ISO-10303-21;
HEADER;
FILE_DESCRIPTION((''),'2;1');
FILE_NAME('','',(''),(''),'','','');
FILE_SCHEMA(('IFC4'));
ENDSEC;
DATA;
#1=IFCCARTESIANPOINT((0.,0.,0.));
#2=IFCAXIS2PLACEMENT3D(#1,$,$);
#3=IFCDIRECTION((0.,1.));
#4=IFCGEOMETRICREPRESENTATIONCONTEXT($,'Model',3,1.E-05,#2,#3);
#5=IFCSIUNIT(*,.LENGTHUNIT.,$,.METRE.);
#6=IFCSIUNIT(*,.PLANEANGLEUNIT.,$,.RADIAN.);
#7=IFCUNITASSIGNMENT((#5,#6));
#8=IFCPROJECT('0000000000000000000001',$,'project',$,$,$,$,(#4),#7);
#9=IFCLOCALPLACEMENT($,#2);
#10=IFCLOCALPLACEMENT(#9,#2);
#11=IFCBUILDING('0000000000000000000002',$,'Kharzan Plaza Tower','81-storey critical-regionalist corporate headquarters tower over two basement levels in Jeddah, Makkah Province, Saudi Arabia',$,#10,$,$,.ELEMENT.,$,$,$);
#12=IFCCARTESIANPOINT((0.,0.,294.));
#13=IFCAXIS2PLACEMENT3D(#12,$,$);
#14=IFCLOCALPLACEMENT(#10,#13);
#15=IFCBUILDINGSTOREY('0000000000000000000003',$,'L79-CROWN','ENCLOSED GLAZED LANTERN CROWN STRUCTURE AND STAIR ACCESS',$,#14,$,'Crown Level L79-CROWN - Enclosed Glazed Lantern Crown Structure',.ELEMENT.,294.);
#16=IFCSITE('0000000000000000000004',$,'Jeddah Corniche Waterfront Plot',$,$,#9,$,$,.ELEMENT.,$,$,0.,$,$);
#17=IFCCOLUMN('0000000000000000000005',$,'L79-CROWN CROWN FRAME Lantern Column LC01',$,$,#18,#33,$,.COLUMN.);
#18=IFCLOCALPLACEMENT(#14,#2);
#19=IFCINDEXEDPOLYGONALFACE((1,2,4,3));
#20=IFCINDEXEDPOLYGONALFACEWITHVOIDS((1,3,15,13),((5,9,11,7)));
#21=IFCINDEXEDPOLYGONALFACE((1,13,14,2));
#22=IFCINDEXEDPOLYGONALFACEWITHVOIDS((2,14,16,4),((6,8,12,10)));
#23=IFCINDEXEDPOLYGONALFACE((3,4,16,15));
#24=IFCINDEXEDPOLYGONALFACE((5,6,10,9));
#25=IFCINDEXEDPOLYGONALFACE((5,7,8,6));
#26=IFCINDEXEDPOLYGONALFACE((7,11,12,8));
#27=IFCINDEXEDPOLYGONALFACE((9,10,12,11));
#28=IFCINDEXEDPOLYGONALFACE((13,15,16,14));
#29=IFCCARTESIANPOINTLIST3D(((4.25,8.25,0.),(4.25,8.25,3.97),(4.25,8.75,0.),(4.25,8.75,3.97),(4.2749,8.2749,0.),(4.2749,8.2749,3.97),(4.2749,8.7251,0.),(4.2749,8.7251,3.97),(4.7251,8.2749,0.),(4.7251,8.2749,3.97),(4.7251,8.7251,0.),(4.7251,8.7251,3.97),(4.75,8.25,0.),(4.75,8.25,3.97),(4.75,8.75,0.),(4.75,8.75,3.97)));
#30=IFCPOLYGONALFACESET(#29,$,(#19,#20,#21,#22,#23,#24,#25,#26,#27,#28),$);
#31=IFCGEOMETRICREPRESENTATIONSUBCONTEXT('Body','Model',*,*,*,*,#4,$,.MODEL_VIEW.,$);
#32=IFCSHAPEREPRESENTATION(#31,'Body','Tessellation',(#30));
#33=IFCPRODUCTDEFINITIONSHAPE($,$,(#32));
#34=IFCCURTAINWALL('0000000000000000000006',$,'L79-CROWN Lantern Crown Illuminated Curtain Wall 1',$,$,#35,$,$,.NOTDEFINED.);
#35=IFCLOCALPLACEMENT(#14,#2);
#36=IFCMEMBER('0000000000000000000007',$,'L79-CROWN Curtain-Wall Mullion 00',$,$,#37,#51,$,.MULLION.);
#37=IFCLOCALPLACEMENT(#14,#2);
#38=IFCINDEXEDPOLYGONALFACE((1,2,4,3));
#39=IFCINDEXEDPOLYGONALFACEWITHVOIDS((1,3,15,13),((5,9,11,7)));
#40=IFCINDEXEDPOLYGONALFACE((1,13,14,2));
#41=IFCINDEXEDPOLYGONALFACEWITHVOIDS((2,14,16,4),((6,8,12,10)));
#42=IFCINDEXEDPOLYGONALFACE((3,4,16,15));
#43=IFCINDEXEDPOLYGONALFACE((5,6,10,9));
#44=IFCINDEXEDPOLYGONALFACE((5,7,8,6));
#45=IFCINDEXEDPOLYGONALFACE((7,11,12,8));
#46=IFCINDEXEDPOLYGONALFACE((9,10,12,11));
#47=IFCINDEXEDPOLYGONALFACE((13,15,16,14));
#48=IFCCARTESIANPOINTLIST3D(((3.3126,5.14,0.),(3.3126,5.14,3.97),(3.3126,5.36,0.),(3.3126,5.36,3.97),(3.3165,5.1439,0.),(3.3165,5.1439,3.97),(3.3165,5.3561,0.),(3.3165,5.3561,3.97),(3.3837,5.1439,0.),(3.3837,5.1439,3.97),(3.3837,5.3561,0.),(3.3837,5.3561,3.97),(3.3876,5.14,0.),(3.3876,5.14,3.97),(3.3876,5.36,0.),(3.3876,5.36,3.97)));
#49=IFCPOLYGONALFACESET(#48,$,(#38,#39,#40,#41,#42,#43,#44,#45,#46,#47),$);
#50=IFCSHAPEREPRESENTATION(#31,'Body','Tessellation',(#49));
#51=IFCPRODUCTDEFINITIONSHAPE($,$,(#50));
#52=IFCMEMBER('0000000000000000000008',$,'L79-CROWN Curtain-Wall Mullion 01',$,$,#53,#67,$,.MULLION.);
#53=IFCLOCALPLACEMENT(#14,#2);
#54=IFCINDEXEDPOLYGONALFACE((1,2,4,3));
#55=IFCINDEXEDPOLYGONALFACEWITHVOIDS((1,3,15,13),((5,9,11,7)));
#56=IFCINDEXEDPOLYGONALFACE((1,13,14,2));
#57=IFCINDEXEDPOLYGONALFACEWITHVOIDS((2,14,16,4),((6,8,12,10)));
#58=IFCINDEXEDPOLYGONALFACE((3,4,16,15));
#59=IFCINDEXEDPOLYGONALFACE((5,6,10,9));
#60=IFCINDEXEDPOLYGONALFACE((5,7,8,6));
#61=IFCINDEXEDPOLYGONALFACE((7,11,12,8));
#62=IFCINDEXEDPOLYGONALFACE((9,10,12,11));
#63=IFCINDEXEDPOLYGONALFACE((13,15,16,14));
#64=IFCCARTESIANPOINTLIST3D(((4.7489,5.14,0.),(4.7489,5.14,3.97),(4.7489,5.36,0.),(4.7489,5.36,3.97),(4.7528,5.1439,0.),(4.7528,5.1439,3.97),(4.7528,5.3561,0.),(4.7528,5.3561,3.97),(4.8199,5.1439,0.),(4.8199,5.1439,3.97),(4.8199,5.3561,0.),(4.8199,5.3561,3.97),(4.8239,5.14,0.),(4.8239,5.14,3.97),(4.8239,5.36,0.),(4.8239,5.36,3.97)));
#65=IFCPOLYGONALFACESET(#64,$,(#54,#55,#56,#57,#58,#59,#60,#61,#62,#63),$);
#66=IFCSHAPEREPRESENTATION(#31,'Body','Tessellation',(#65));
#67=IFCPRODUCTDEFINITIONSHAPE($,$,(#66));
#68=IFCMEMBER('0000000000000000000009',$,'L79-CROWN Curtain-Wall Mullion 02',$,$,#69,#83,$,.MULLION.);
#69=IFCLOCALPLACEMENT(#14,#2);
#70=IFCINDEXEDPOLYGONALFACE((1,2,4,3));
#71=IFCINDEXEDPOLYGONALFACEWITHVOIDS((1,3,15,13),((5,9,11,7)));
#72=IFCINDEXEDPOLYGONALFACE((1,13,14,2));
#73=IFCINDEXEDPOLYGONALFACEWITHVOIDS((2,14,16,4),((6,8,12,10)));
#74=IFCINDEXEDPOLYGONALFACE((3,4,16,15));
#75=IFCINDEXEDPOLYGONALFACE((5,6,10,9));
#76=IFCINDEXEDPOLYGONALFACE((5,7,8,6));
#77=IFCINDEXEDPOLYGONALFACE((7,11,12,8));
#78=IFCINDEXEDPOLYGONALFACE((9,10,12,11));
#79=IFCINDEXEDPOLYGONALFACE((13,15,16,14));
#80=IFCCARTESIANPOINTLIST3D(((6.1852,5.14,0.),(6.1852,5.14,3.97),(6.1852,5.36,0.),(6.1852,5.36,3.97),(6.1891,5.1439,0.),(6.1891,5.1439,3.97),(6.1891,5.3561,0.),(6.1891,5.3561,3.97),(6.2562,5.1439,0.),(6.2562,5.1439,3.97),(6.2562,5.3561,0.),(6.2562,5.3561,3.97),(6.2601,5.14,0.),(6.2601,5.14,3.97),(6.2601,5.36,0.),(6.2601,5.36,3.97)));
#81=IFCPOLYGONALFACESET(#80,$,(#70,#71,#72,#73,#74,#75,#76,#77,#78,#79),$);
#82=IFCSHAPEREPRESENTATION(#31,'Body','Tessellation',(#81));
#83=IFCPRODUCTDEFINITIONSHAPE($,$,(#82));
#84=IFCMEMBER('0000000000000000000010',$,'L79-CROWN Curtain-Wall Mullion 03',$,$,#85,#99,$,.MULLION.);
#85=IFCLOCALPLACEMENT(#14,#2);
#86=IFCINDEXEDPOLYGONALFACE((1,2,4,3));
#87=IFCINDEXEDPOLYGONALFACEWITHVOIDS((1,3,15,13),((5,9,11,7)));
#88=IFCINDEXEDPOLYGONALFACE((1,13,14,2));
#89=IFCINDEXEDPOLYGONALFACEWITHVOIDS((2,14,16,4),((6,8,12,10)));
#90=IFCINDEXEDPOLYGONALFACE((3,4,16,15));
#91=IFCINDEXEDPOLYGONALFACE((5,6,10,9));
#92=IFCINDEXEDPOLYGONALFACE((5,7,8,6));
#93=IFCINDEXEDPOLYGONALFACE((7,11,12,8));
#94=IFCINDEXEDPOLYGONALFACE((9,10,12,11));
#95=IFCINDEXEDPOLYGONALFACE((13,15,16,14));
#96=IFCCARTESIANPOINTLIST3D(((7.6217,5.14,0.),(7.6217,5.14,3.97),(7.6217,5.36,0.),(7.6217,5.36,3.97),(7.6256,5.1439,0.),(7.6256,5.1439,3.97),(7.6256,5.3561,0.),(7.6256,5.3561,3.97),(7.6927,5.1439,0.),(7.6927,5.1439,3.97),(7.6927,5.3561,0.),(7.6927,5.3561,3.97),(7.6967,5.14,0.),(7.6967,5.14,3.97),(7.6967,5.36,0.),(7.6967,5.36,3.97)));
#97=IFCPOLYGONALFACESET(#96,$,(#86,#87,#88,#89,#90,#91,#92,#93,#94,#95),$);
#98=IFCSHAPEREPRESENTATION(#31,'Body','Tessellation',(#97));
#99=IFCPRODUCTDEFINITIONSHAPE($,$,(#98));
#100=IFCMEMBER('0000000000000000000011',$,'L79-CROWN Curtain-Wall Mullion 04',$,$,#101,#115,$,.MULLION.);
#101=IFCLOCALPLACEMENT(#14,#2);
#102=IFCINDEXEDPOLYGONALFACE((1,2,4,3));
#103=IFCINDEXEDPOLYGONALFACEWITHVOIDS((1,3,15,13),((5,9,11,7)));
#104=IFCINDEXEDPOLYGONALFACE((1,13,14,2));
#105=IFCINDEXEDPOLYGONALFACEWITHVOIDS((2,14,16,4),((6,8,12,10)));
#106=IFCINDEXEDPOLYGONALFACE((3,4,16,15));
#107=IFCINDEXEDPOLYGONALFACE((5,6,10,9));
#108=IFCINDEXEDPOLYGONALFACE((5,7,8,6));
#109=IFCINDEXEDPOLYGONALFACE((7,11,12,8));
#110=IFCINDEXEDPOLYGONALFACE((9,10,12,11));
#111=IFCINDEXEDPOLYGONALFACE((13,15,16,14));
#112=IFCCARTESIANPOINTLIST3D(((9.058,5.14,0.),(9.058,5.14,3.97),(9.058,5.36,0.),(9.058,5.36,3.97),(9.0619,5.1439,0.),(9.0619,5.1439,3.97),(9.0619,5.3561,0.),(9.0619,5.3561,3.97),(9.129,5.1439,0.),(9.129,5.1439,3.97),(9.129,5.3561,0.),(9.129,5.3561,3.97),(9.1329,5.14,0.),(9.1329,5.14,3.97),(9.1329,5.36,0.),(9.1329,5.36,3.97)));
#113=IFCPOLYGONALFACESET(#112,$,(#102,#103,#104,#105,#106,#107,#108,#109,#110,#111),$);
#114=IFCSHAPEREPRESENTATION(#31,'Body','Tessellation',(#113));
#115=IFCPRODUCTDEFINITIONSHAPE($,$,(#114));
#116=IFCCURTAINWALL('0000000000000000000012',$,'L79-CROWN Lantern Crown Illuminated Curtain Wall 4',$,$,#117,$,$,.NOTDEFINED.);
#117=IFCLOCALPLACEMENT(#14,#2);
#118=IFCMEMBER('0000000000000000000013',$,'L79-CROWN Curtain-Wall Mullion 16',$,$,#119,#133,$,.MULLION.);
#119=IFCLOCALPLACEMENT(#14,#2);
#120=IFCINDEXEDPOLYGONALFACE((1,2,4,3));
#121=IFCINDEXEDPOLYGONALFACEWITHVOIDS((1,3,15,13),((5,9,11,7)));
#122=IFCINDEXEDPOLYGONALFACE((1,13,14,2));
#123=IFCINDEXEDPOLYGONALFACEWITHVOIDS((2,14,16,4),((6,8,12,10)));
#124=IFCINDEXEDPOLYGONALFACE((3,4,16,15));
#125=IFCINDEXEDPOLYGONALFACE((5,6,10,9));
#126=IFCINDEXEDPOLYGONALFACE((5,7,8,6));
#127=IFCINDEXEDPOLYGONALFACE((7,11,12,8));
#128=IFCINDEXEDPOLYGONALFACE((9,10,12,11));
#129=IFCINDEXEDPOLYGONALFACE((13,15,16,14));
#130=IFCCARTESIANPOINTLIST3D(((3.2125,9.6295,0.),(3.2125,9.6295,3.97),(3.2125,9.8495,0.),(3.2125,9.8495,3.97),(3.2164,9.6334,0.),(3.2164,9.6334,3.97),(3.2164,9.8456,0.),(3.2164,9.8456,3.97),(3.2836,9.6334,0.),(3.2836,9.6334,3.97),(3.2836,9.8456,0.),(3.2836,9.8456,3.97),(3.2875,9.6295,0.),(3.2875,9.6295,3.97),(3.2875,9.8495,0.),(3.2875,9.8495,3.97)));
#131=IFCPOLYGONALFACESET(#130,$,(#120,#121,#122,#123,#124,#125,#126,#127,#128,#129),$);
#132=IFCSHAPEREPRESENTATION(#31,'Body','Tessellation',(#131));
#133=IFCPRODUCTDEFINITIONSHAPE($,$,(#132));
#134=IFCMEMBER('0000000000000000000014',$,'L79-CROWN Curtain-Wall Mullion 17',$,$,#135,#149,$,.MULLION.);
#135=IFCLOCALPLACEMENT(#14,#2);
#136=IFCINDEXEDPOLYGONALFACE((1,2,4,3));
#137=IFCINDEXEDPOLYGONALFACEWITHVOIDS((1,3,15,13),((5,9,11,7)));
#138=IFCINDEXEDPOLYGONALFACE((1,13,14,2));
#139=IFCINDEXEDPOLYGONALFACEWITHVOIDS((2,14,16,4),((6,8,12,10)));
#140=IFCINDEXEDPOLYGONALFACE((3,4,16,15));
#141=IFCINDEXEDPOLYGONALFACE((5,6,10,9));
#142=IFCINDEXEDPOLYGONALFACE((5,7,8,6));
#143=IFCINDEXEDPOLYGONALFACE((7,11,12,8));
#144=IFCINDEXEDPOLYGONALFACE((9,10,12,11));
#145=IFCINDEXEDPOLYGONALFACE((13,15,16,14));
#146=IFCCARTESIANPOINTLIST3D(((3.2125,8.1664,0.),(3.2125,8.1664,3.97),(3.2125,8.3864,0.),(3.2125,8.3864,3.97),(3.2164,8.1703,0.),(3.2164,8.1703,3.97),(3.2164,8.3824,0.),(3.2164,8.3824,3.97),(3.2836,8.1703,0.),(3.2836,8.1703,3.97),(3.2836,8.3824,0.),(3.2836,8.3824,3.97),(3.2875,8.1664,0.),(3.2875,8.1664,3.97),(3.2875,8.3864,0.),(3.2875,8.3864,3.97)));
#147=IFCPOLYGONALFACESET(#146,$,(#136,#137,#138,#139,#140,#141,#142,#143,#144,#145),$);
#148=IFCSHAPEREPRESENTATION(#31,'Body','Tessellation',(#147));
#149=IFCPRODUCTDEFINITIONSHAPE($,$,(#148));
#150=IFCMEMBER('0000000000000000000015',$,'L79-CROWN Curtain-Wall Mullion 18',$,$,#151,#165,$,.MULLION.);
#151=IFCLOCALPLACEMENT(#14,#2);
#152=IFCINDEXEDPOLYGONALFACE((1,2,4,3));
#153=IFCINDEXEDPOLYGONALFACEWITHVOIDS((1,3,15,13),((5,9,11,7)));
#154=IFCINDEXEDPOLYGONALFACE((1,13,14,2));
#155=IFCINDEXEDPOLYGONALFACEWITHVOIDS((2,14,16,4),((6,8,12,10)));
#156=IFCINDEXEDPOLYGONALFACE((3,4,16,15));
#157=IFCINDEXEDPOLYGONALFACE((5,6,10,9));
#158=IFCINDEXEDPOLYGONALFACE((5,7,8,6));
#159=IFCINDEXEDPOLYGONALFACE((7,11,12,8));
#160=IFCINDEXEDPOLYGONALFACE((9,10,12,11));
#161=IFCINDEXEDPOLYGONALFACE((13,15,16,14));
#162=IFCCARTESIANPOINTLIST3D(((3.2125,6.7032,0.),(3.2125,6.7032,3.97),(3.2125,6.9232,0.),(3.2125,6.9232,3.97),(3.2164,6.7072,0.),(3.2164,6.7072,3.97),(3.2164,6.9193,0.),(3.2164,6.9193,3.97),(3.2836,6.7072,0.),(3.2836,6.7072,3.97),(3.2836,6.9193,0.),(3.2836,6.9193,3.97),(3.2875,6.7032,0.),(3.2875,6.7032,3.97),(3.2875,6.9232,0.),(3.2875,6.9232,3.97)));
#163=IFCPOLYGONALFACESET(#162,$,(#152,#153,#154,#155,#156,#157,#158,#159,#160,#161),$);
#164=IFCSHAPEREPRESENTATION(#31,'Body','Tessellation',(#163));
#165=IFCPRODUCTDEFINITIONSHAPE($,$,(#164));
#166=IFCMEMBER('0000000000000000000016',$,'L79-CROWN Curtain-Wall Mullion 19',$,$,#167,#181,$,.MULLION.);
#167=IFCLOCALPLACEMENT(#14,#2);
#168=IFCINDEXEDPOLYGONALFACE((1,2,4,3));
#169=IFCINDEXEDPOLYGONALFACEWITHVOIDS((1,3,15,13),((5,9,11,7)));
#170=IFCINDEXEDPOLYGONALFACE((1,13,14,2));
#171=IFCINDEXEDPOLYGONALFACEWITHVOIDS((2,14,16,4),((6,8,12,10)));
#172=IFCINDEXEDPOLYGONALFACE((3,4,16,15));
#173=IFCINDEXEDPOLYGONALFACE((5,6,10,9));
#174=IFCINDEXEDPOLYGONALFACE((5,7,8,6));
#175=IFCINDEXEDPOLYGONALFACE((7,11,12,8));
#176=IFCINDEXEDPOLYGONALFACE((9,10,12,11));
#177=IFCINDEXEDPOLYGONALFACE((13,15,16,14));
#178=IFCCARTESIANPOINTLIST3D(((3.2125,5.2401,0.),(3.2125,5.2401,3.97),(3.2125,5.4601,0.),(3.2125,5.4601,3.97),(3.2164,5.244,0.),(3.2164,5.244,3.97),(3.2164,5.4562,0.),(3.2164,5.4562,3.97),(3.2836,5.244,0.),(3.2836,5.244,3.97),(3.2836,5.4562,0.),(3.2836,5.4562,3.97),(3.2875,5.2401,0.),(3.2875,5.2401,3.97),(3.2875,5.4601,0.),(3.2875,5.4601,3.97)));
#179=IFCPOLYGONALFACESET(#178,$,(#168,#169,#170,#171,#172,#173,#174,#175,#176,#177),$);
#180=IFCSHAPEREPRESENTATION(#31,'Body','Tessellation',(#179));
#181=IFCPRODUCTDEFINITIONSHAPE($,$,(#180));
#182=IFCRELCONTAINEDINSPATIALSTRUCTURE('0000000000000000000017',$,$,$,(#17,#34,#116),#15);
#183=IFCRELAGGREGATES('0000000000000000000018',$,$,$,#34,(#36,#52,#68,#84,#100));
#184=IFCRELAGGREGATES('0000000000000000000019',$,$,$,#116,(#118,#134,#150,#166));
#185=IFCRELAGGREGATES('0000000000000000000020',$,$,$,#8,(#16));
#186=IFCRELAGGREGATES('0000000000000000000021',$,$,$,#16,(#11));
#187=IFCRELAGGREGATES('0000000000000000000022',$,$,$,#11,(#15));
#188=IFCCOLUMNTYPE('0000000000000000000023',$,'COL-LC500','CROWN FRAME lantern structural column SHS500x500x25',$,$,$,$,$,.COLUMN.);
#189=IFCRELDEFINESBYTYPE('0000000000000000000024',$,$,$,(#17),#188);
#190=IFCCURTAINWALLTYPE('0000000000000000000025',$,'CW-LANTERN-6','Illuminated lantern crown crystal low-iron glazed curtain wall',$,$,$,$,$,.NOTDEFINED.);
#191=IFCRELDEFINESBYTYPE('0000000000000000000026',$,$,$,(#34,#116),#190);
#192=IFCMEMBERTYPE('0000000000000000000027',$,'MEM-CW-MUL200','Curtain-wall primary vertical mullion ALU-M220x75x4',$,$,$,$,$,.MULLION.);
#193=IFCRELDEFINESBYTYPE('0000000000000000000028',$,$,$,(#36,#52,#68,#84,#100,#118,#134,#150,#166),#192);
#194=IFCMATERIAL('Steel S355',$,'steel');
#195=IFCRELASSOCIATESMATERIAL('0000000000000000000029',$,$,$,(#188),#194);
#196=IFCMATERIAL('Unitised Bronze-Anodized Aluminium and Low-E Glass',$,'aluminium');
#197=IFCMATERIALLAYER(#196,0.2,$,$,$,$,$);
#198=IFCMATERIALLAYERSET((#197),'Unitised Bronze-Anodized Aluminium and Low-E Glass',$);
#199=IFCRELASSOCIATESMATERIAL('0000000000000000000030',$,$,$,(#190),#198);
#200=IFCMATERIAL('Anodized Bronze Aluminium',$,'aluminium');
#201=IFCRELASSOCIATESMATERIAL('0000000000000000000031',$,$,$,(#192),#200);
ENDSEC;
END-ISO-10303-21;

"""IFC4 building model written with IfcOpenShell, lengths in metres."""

from ifc_helpers import new_model, si_unit, direction, frame, origin, origin_2d, place, context, subcontext, project, spatial, hollow_rectangle, extrude, source, transform, mapped, material, layer, layer_set, material_profile, profile_set, type_object, element, aggregate, save


model = new_model("IFC4")

# Units and contexts
model_context = context("Model", 3, precision=1e-05, world=origin(), true_north=direction((0.0, 1.0)))
body_context = subcontext(model_context, "Body", "Model", "MODEL_VIEW")
ifc_project = project(units=[si_unit("LENGTHUNIT", "METRE"), si_unit("PLANEANGLEUNIT", "RADIAN")], contexts=[model_context])

# Site, building, storey
site_placement = place(None, origin())
site = spatial("IfcSite", under=ifc_project, at=site_placement, Name="Jeddah Corniche Waterfront Plot", CompositionType="ELEMENT", RefElevation=0.0)
building_placement = place(site_placement, origin())
building = spatial("IfcBuilding", under=site, at=building_placement, Name="Kharzan Plaza Tower", Description="81-storey critical-regionalist corporate headquarters tower over two basement levels in Jeddah, Makkah Province, Saudi Arabia", CompositionType="ELEMENT")
storey_placement = place(building_placement, frame((0.0, 0.0, 294.0)))
storey = spatial("IfcBuildingStorey", under=building, at=storey_placement, Name="L79-CROWN", Description="ENCLOSED GLAZED LANTERN CROWN STRUCTURE AND STAIR ACCESS", LongName="Crown Level L79-CROWN - Enclosed Glazed Lantern Crown Structure", CompositionType="ELEMENT", Elevation=294.0)

# Column
ifc_material_1 = material(Name="Steel S355", Category="steel")
ifc_material_profile_1 = material_profile(ifc_material_1, hollow_rectangle(XDim=0.5, YDim=0.5, WallThickness=0.0249, at=origin_2d()), Name="SHS500x500x25")
ifc_profile_set_1 = profile_set([ifc_material_profile_1], Name="Steel S355")
column_type = type_object("IfcColumnType", Name="COL-LC500", Description="CROWN FRAME lantern structural column SHS500x500x25", PredefinedType="COLUMN", material=ifc_profile_set_1)
shared_shape_1 = source(origin(), body_context, "Body", "SweptSolid", [
    extrude(hollow_rectangle(XDim=0.5, YDim=0.5, WallThickness=0.0249, at=origin_2d()), origin(), (0.0, 0.0, 1.0), 3.97),
])
column_placement = place(storey_placement, frame((4.5, 8.5, 0.0), z_axis=(0.0, 0.0, 1.0), x_axis=(1.0, 0.0, 0.0)))
element("IfcColumn", 1, at=column_placement, inside=storey, type_object=column_type, Name="L79-CROWN CROWN FRAME Lantern Column LC01", PredefinedType="COLUMN", context=body_context, shape_type="MappedRepresentation", body=[
    mapped(shared_shape_1, transform((0.0, 0.0, 0.0), x_axis=(1.0, 0.0, 0.0), y_axis=(0.0, 1.0, 0.0), z_axis=(0.0, 0.0, 1.0))),
])

# Curtain walls, members
ifc_material_2 = material(Name="Unitised Bronze-Anodized Aluminium and Low-E Glass", Category="aluminium")
ifc_layer_1 = layer(ifc_material_2, 0.2)
ifc_layer_set_1 = layer_set([ifc_layer_1], Name="Unitised Bronze-Anodized Aluminium and Low-E Glass")
curtain_wall_type = type_object("IfcCurtainWallType", Name="CW-LANTERN-6", Description="Illuminated lantern crown crystal low-iron glazed curtain wall", PredefinedType="NOTDEFINED", material=ifc_layer_set_1)
curtain_wall_1_placement = place(storey_placement, origin())
curtain_wall_1 = element("IfcCurtainWall", 2, at=curtain_wall_1_placement, inside=storey, type_object=curtain_wall_type, Name="L79-CROWN Lantern Crown Illuminated Curtain Wall 1", PredefinedType="NOTDEFINED")
ifc_material_3 = material(Name="Anodized Bronze Aluminium", Category="aluminium")
ifc_material_profile_2 = material_profile(ifc_material_3, hollow_rectangle(XDim=0.075, YDim=0.22, WallThickness=0.0039, at=origin_2d()), Name="ALU-M220x75x4")
ifc_profile_set_2 = profile_set([ifc_material_profile_2], Name="Anodized Bronze Aluminium")
member_type_1 = type_object("IfcMemberType", Name="MEM-CW-MUL200", Description="Curtain-wall primary vertical mullion ALU-M220x75x4", PredefinedType="MULLION", material=ifc_profile_set_2)
shared_shape_2 = source(origin(), body_context, "Body", "SweptSolid", [
    extrude(hollow_rectangle(XDim=0.075, YDim=0.22, WallThickness=0.0039, at=origin_2d()), origin(), (0.0, 0.0, 1.0), 3.97),
])
member_1_placement = place(storey_placement, frame((3.3501, 5.25, 0.0), z_axis=(0.0, 0.0, 1.0), x_axis=(1.0, 0.0, 0.0)))
member_1 = element("IfcMember", 3, at=member_1_placement, type_object=member_type_1, Name="L79-CROWN Curtain-Wall Mullion 00", PredefinedType="MULLION", context=body_context, shape_type="MappedRepresentation", body=[
    mapped(shared_shape_2, transform((0.0, 0.0, 0.0), x_axis=(1.0, 0.0, 0.0), y_axis=(0.0, 1.0, 0.0), z_axis=(0.0, 0.0, 1.0))),
])
member_2_placement = place(storey_placement, frame((4.7864, 5.25, 0.0), z_axis=(0.0, 0.0, 1.0), x_axis=(1.0, 0.0, 0.0)))
member_2 = element("IfcMember", 4, at=member_2_placement, type_object=member_type_1, Name="L79-CROWN Curtain-Wall Mullion 01", PredefinedType="MULLION", context=body_context, shape_type="MappedRepresentation", body=[
    mapped(shared_shape_2, transform((0.0, 0.0, 0.0), x_axis=(1.0, 0.0, 0.0), y_axis=(0.0, 1.0, 0.0), z_axis=(0.0, 0.0, 1.0))),
])
member_3_placement = place(storey_placement, frame((6.2227, 5.25, 0.0), z_axis=(0.0, 0.0, 1.0), x_axis=(1.0, 0.0, 0.0)))
member_3 = element("IfcMember", 5, at=member_3_placement, type_object=member_type_1, Name="L79-CROWN Curtain-Wall Mullion 02", PredefinedType="MULLION", context=body_context, shape_type="MappedRepresentation", body=[
    mapped(shared_shape_2, transform((0.0, 0.0, 0.0), x_axis=(1.0, 0.0, 0.0), y_axis=(0.0, 1.0, 0.0), z_axis=(0.0, 0.0, 1.0))),
])
member_4_placement = place(storey_placement, frame((7.6592, 5.25, 0.0), z_axis=(0.0, 0.0, 1.0), x_axis=(1.0, 0.0, 0.0)))
member_4 = element("IfcMember", 6, at=member_4_placement, type_object=member_type_1, Name="L79-CROWN Curtain-Wall Mullion 03", PredefinedType="MULLION", context=body_context, shape_type="MappedRepresentation", body=[
    mapped(shared_shape_2, transform((0.0, 0.0, 0.0), x_axis=(1.0, 0.0, 0.0), y_axis=(0.0, 1.0, 0.0), z_axis=(0.0, 0.0, 1.0))),
])
member_5_placement = place(storey_placement, frame((9.0955, 5.25, 0.0), z_axis=(0.0, 0.0, 1.0), x_axis=(1.0, 0.0, 0.0)))
member_5 = element("IfcMember", 7, at=member_5_placement, type_object=member_type_1, Name="L79-CROWN Curtain-Wall Mullion 04", PredefinedType="MULLION", context=body_context, shape_type="MappedRepresentation", body=[
    mapped(shared_shape_2, transform((0.0, 0.0, 0.0), x_axis=(1.0, 0.0, 0.0), y_axis=(0.0, 1.0, 0.0), z_axis=(0.0, 0.0, 1.0))),
])
curtain_wall_2_placement = place(storey_placement, origin())
curtain_wall_2 = element("IfcCurtainWall", 8, at=curtain_wall_2_placement, inside=storey, type_object=curtain_wall_type, Name="L79-CROWN Lantern Crown Illuminated Curtain Wall 4", PredefinedType="NOTDEFINED")
member_6_placement = place(storey_placement, frame((3.25, 9.7395, 0.0), z_axis=(0.0, 0.0, 1.0), x_axis=(1.0, 0.0, 0.0)))
member_6 = element("IfcMember", 9, at=member_6_placement, type_object=member_type_1, Name="L79-CROWN Curtain-Wall Mullion 16", PredefinedType="MULLION", context=body_context, shape_type="MappedRepresentation", body=[
    mapped(shared_shape_2, transform((0.0, 0.0, 0.0), x_axis=(1.0, 0.0, 0.0), y_axis=(0.0, 1.0, 0.0), z_axis=(0.0, 0.0, 1.0))),
])
member_7_placement = place(storey_placement, frame((3.25, 8.2764, 0.0), z_axis=(0.0, 0.0, 1.0), x_axis=(1.0, 0.0, 0.0)))
member_7 = element("IfcMember", 10, at=member_7_placement, type_object=member_type_1, Name="L79-CROWN Curtain-Wall Mullion 17", PredefinedType="MULLION", context=body_context, shape_type="MappedRepresentation", body=[
    mapped(shared_shape_2, transform((0.0, 0.0, 0.0), x_axis=(1.0, 0.0, 0.0), y_axis=(0.0, 1.0, 0.0), z_axis=(0.0, 0.0, 1.0))),
])
member_8_placement = place(storey_placement, frame((3.25, 6.8132, 0.0), z_axis=(0.0, 0.0, 1.0), x_axis=(1.0, 0.0, 0.0)))
member_8 = element("IfcMember", 11, at=member_8_placement, type_object=member_type_1, Name="L79-CROWN Curtain-Wall Mullion 18", PredefinedType="MULLION", context=body_context, shape_type="MappedRepresentation", body=[
    mapped(shared_shape_2, transform((0.0, 0.0, 0.0), x_axis=(1.0, 0.0, 0.0), y_axis=(0.0, 1.0, 0.0), z_axis=(0.0, 0.0, 1.0))),
])
member_9_placement = place(storey_placement, frame((3.25, 5.3501, 0.0), z_axis=(0.0, 0.0, 1.0), x_axis=(1.0, 0.0, 0.0)))
member_9 = element("IfcMember", 12, at=member_9_placement, type_object=member_type_1, Name="L79-CROWN Curtain-Wall Mullion 19", PredefinedType="MULLION", context=body_context, shape_type="MappedRepresentation", body=[
    mapped(shared_shape_2, transform((0.0, 0.0, 0.0), x_axis=(1.0, 0.0, 0.0), y_axis=(0.0, 1.0, 0.0), z_axis=(0.0, 0.0, 1.0))),
])

aggregate(curtain_wall_1, [member_1, member_2, member_3, member_4, member_5])
aggregate(curtain_wall_2, [member_6, member_7, member_8, member_9])

save(model, "model.ifc")
